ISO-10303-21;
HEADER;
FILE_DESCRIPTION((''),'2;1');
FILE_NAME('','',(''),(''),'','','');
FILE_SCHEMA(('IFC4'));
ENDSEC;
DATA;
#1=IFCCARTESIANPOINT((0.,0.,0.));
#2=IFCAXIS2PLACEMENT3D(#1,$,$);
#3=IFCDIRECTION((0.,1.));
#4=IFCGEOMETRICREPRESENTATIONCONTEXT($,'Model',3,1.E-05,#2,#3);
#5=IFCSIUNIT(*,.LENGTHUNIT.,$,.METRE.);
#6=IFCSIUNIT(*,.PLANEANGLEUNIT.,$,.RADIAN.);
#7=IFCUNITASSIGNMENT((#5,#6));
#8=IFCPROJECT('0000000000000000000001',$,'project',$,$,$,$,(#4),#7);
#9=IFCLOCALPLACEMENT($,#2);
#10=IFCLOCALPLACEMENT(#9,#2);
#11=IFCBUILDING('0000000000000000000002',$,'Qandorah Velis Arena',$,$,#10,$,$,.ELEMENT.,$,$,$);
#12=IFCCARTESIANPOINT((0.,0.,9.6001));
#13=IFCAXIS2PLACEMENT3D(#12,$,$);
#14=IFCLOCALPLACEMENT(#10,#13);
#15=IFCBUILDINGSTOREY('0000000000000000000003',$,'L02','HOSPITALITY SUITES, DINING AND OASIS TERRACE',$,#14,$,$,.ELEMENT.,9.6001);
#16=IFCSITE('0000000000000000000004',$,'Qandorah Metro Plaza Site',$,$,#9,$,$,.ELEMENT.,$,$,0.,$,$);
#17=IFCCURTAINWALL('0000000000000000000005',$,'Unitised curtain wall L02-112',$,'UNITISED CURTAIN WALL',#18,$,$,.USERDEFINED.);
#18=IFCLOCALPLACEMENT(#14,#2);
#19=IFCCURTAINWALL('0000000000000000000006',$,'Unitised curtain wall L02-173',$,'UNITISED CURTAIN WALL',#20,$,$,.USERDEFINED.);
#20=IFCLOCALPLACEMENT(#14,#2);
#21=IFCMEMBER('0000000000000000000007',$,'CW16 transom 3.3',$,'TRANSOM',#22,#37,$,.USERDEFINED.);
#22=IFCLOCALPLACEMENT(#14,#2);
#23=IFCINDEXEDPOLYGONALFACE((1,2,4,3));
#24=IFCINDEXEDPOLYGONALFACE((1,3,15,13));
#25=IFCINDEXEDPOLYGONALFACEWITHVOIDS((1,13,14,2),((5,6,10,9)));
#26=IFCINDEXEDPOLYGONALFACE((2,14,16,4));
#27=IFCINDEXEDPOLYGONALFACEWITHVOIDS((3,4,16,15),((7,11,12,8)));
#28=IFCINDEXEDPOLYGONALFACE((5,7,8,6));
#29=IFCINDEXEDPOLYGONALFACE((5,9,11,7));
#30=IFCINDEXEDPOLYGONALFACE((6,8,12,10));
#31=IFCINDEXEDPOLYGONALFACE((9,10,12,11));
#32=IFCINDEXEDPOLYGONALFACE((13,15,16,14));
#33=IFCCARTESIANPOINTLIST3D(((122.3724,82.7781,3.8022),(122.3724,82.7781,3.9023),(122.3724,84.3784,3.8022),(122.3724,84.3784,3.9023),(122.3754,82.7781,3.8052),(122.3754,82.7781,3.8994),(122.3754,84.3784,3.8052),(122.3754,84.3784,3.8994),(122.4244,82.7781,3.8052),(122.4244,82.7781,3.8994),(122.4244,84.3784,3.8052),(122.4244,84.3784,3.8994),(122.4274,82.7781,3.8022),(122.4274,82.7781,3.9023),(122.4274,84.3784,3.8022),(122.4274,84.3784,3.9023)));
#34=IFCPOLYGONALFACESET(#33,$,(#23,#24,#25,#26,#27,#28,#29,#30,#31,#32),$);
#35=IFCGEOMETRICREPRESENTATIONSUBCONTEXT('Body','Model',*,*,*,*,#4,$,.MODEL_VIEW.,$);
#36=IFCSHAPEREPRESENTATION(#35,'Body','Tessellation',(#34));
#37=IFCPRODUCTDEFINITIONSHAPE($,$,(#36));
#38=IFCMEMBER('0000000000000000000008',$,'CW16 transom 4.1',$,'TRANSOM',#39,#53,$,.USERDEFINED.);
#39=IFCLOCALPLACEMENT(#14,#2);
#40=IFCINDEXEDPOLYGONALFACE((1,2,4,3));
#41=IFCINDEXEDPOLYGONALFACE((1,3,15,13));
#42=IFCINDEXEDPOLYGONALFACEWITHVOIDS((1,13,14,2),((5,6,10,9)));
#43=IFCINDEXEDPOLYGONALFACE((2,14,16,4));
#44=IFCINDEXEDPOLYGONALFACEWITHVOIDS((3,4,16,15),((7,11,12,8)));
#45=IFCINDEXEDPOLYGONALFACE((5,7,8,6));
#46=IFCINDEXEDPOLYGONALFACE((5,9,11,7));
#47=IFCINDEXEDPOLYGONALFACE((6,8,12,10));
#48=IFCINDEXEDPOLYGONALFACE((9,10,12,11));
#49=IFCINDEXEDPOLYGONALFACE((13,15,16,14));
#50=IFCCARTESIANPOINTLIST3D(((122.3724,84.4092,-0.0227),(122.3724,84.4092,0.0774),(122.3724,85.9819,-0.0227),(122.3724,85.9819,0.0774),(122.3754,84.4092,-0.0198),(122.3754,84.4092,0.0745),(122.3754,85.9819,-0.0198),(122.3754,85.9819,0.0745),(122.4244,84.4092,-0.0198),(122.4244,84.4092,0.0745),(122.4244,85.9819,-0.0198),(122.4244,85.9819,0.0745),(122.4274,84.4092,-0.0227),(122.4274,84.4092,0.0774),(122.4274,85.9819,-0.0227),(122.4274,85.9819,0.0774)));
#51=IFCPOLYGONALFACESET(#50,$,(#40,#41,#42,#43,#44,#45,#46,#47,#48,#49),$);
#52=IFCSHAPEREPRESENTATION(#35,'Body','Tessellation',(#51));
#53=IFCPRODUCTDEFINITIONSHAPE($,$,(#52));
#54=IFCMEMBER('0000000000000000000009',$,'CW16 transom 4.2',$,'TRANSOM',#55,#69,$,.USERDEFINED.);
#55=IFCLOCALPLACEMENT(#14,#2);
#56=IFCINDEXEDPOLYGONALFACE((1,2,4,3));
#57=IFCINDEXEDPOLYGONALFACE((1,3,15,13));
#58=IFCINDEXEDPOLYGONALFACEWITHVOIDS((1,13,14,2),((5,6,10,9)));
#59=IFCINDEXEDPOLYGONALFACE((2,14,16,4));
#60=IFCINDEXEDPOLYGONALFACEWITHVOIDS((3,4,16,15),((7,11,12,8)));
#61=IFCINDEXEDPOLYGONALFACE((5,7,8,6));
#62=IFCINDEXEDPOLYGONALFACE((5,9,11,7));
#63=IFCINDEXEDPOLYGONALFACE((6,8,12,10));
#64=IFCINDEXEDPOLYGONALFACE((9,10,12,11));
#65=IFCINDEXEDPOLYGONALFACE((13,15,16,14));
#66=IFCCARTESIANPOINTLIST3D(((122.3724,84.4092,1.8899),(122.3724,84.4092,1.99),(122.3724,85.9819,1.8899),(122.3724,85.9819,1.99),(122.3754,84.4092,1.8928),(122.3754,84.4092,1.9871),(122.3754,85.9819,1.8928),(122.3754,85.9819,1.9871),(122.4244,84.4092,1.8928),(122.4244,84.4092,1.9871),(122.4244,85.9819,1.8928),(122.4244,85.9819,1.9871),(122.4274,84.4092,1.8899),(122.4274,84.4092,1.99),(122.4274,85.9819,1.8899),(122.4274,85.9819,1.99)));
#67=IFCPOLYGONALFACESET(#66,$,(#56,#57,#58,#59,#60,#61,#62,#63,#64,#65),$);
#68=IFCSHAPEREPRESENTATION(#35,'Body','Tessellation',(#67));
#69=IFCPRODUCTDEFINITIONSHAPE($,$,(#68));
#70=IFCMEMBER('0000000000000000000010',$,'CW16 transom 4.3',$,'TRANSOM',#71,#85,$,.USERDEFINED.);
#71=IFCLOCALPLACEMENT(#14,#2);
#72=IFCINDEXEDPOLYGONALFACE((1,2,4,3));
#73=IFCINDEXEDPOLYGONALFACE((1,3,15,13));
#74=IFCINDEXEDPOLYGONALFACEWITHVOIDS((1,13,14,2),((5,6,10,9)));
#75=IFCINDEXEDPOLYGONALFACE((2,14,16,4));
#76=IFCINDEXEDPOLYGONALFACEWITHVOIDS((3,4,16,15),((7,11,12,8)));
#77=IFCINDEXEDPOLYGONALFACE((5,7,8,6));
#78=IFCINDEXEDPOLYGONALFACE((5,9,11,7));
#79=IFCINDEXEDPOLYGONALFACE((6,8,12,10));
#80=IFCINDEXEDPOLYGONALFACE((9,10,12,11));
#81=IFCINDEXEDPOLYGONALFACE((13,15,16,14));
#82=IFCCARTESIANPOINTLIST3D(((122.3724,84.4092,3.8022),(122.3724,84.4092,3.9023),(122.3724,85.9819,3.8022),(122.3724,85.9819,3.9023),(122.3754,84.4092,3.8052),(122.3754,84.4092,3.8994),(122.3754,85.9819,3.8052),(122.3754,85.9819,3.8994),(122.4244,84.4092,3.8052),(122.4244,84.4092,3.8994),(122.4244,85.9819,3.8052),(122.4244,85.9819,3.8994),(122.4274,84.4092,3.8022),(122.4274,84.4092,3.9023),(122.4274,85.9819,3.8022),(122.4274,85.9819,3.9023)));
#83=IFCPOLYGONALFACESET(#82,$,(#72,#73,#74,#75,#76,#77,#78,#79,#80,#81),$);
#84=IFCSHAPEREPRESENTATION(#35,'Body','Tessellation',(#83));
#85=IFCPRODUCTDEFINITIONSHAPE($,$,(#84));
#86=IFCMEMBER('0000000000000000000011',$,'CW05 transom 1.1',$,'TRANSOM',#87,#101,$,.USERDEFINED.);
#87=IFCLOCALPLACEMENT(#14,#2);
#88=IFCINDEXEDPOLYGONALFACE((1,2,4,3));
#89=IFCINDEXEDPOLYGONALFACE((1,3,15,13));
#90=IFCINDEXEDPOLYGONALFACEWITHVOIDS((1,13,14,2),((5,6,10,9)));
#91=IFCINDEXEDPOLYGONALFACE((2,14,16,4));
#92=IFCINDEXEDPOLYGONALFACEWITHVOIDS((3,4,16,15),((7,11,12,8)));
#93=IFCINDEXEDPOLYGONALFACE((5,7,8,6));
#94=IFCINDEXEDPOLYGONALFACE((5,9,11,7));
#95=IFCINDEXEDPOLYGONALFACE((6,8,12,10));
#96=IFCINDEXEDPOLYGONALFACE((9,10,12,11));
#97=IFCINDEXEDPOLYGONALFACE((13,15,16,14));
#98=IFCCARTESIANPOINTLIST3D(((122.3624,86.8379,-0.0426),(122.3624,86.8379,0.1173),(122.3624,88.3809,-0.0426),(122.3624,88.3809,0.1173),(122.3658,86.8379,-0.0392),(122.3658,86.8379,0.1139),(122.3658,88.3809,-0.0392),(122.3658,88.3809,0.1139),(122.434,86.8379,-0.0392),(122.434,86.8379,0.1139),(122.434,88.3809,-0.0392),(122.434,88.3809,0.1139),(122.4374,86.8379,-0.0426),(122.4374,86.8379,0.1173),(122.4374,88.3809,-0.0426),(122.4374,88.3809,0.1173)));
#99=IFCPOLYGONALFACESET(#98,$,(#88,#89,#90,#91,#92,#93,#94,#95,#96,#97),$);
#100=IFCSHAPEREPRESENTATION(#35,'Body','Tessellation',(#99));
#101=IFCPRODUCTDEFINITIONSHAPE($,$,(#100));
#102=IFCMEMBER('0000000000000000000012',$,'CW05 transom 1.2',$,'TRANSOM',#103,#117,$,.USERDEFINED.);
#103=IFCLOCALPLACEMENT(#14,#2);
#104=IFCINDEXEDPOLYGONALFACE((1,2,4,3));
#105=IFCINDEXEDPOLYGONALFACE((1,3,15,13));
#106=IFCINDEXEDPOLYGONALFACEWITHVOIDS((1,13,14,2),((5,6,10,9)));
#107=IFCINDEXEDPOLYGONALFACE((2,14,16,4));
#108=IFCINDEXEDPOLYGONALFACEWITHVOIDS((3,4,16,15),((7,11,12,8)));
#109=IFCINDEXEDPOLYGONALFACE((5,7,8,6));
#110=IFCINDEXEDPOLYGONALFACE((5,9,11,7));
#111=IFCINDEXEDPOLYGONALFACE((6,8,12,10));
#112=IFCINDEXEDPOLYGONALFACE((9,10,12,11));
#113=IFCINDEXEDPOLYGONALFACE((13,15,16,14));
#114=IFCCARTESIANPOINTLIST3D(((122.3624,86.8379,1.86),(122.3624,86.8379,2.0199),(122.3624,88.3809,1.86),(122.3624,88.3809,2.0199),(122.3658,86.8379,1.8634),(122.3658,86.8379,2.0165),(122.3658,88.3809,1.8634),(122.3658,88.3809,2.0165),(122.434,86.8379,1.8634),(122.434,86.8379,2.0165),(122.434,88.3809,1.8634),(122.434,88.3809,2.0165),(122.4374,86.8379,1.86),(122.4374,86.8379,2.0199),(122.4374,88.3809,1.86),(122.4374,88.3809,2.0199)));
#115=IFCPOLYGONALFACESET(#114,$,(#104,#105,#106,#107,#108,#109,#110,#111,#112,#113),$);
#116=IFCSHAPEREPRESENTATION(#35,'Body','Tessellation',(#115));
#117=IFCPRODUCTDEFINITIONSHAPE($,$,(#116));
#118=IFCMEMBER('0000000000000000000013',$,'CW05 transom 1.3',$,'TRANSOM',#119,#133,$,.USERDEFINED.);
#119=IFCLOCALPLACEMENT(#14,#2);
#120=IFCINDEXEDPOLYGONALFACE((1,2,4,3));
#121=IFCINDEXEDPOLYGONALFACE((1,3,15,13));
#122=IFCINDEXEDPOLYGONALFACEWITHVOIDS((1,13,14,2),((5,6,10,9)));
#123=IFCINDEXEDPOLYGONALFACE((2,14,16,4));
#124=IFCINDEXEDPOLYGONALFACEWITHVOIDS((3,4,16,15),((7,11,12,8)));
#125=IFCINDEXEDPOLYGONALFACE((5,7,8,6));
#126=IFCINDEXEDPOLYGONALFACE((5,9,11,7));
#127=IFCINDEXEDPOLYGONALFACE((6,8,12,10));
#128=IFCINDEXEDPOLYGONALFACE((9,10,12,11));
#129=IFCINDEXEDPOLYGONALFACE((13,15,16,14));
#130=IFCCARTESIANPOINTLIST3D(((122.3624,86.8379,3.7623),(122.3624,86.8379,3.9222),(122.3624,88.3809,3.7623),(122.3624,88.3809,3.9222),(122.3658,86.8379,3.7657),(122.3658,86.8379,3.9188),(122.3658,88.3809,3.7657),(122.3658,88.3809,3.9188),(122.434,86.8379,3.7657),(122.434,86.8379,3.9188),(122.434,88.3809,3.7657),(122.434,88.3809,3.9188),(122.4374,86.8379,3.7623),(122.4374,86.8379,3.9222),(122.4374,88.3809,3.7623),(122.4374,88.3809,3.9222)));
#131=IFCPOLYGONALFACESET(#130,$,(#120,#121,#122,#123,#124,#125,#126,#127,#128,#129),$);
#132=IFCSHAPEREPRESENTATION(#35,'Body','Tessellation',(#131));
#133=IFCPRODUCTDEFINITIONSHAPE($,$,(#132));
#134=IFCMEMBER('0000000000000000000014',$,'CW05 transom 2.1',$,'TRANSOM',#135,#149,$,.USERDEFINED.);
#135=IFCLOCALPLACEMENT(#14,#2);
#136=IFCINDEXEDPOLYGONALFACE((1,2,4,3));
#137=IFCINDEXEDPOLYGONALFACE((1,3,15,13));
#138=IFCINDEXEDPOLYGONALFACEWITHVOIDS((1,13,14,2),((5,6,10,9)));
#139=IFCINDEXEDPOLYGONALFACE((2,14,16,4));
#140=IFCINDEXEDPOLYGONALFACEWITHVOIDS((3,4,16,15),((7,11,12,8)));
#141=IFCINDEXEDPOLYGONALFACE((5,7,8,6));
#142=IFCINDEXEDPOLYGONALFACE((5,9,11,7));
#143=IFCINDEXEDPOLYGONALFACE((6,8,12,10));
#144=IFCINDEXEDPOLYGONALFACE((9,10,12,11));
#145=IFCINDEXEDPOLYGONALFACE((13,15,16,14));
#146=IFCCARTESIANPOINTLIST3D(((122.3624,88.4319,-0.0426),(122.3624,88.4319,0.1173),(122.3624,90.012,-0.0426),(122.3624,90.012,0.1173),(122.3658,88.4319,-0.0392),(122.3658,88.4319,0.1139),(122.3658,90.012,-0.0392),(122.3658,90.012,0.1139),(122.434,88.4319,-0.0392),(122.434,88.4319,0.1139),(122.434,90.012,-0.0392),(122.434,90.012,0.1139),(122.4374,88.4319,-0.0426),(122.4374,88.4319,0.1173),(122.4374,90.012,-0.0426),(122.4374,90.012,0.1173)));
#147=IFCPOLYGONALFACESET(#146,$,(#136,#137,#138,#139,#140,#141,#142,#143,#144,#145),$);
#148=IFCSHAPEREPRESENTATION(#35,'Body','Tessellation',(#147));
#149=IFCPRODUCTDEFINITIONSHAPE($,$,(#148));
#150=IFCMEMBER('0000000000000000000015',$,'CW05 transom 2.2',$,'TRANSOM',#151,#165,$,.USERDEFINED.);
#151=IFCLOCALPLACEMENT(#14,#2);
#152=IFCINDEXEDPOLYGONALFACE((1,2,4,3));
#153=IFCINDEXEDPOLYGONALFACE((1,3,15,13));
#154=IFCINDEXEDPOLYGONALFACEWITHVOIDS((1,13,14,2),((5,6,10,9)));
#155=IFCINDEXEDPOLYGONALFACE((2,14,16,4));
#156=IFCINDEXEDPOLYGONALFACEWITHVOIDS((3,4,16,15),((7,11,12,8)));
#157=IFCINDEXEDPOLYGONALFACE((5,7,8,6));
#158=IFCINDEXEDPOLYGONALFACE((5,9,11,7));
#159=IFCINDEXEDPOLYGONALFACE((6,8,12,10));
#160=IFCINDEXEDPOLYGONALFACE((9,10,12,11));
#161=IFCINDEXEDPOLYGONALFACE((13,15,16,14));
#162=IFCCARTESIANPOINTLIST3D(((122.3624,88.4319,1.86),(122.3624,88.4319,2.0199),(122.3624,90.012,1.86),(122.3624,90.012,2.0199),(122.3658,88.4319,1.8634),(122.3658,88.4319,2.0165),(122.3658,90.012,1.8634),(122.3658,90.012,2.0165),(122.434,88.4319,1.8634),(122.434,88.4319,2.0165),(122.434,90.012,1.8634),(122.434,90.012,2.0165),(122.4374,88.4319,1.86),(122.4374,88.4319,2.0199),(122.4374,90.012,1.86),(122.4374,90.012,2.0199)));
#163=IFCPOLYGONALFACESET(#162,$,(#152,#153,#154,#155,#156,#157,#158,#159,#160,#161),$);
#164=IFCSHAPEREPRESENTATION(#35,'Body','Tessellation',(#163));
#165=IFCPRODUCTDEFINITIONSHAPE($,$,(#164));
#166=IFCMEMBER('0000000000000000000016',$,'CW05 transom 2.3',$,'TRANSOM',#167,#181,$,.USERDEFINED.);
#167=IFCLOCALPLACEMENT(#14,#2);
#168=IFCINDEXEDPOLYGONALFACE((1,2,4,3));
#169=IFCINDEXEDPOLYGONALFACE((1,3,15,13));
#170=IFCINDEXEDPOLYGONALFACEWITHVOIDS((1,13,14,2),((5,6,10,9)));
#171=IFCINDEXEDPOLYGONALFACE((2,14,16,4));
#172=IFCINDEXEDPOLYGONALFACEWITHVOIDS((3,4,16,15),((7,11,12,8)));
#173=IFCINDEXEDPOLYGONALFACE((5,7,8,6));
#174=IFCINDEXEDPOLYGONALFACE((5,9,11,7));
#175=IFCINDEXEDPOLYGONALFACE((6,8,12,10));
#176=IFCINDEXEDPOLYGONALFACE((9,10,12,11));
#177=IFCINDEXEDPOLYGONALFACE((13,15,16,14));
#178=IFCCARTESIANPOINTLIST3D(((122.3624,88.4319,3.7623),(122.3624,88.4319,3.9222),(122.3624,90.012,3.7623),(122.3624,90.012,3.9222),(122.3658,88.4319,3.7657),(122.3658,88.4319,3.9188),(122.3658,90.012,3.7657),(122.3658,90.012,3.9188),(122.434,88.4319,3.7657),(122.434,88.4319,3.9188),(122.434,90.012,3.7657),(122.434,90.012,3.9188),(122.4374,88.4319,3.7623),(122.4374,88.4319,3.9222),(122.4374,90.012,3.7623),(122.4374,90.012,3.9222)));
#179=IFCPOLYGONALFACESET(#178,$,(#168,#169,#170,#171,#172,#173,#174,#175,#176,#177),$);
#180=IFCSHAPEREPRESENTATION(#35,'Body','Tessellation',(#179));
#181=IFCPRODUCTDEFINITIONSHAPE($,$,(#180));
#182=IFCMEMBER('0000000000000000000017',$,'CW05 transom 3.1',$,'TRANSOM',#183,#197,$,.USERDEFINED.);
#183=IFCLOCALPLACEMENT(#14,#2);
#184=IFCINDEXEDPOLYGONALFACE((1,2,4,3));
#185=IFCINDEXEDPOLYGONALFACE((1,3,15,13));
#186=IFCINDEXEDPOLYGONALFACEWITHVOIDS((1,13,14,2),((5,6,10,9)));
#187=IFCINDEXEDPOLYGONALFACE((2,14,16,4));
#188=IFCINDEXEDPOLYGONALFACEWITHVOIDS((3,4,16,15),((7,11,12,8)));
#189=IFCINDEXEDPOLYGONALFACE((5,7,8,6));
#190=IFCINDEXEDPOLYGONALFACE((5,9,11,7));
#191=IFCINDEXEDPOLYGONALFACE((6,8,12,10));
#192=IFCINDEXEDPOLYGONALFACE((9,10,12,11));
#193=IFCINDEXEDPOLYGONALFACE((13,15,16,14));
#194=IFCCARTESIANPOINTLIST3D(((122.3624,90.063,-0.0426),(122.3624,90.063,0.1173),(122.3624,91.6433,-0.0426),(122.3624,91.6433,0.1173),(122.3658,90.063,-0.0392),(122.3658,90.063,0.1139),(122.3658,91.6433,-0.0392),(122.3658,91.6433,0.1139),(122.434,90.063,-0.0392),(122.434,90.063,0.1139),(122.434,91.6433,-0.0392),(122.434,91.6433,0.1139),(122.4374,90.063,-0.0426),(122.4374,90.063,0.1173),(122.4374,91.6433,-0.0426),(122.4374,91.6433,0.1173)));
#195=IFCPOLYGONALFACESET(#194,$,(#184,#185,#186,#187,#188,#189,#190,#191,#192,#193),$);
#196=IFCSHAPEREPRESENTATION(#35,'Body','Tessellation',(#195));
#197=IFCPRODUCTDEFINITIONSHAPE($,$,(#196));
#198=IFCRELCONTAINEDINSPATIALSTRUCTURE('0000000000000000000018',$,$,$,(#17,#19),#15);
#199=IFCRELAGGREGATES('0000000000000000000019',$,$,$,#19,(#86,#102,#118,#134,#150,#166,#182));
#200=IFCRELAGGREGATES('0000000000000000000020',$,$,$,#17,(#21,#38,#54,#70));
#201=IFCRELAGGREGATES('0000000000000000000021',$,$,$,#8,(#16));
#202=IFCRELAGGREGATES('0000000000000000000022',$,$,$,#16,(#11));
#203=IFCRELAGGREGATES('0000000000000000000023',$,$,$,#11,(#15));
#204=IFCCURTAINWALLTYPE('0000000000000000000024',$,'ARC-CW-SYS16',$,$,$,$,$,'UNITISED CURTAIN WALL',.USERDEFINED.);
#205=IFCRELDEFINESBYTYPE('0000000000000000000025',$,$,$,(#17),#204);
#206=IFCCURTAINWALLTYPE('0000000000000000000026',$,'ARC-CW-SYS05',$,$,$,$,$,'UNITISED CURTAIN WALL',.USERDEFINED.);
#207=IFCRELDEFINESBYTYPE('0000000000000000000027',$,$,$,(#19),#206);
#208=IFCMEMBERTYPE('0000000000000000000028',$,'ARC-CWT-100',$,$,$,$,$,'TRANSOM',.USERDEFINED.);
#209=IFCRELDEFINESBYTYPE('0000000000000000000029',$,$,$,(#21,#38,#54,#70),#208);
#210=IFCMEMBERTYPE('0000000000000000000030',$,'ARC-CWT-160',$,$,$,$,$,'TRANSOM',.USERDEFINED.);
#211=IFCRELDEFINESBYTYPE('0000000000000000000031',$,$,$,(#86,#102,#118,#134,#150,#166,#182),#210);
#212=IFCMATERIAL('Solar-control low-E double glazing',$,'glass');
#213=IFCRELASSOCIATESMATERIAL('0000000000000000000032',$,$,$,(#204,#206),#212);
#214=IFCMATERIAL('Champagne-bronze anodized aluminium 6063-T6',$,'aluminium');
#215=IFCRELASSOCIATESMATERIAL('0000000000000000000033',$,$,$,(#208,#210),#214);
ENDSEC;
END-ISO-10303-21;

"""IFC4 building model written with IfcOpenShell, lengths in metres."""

from ifc_helpers import new_model, si_unit, direction, frame, origin, origin_2d, place, context, subcontext, project, spatial, hollow_rectangle, extrude, material, material_profile, profile_set, type_object, element, aggregate, save


model = new_model("IFC4")

# Units and contexts
model_context = context("Model", 3, precision=1e-05, world=origin(), true_north=direction((0.0, 1.0)))
body_context = subcontext(model_context, "Body", "Model", "MODEL_VIEW")
ifc_project = project(units=[si_unit("LENGTHUNIT", "METRE"), si_unit("PLANEANGLEUNIT", "RADIAN")], contexts=[model_context])

# Site, building, storey
site_placement = place(None, origin())
site = spatial("IfcSite", under=ifc_project, at=site_placement, Name="Qandorah Metro Plaza Site", CompositionType="ELEMENT", RefElevation=0.0)
building_placement = place(site_placement, origin())
building = spatial("IfcBuilding", under=site, at=building_placement, Name="Qandorah Velis Arena", CompositionType="ELEMENT")
storey_placement = place(building_placement, frame((0.0, 0.0, 9.6001)))
storey = spatial("IfcBuildingStorey", under=building, at=storey_placement, Name="L02", Description="HOSPITALITY SUITES, DINING AND OASIS TERRACE", CompositionType="ELEMENT", Elevation=9.6001)

# Curtain walls
ifc_material_1 = material(Name="Solar-control low-E double glazing", Category="glass")
curtain_wall_type_1 = type_object("IfcCurtainWallType", Name="ARC-CW-SYS16", ElementType="UNITISED CURTAIN WALL", PredefinedType="USERDEFINED", material=ifc_material_1)
curtain_wall_1_placement = place(storey_placement, origin())
curtain_wall_1 = element("IfcCurtainWall", 1, at=curtain_wall_1_placement, inside=storey, type_object=curtain_wall_type_1, Name="Unitised curtain wall L02-112", ObjectType="UNITISED CURTAIN WALL", PredefinedType="USERDEFINED")
ifc_material_2 = material(Name="Champagne-bronze anodized aluminium 6063-T6", Category="aluminium")
curtain_wall_type_2 = type_object("IfcCurtainWallType", Name="ARC-CW-SYS05", ElementType="UNITISED CURTAIN WALL", PredefinedType="USERDEFINED", material=ifc_material_1)
curtain_wall_2_placement = place(storey_placement, origin())
curtain_wall_2 = element("IfcCurtainWall", 2, at=curtain_wall_2_placement, inside=storey, type_object=curtain_wall_type_2, Name="Unitised curtain wall L02-173", ObjectType="UNITISED CURTAIN WALL", PredefinedType="USERDEFINED")

# Members
ifc_material_profile_1 = material_profile(ifc_material_2, hollow_rectangle(XDim=0.0549, YDim=0.1001, WallThickness=0.0029, at=origin_2d()), Name="ALU TRANSOM 55x100")
ifc_profile_set_1 = profile_set([ifc_material_profile_1], Name="Champagne-bronze anodized aluminium 6063-T6")
member_type_1 = type_object("IfcMemberType", Name="ARC-CWT-100", ElementType="TRANSOM", PredefinedType="USERDEFINED", material=ifc_profile_set_1)
member_1_placement = place(storey_placement, frame((122.3999, 82.7781, 3.8523), z_axis=(0.0, 1.0, 0.0), x_axis=(-1.0, 0.0, 0.0)))
member_1 = element("IfcMember", 3, at=member_1_placement, type_object=member_type_1, Name="CW16 transom 3.3", ObjectType="TRANSOM", PredefinedType="USERDEFINED", context=body_context, shape_type="SweptSolid", body=[
    extrude(hollow_rectangle(XDim=0.0549, YDim=0.1001, WallThickness=0.0029, at=origin_2d()), origin(), (0.0, 0.0, 1.0), 1.6003),
])
member_2_placement = place(storey_placement, frame((122.3999, 84.4092, 0.0273), z_axis=(0.0, 1.0, 0.0), x_axis=(-1.0, 0.0, 0.0)))
member_2 = element("IfcMember", 4, at=member_2_placement, type_object=member_type_1, Name="CW16 transom 4.1", ObjectType="TRANSOM", PredefinedType="USERDEFINED", context=body_context, shape_type="SweptSolid", body=[
    extrude(hollow_rectangle(XDim=0.0549, YDim=0.1001, WallThickness=0.0029, at=origin_2d()), origin(), (0.0, 0.0, 1.0), 1.5728),
])
member_3_placement = place(storey_placement, frame((122.3999, 84.4092, 1.9399), z_axis=(0.0, 1.0, 0.0), x_axis=(-1.0, 0.0, 0.0)))
member_3 = element("IfcMember", 5, at=member_3_placement, type_object=member_type_1, Name="CW16 transom 4.2", ObjectType="TRANSOM", PredefinedType="USERDEFINED", context=body_context, shape_type="SweptSolid", body=[
    extrude(hollow_rectangle(XDim=0.0549, YDim=0.1001, WallThickness=0.0029, at=origin_2d()), origin(), (0.0, 0.0, 1.0), 1.5728),
])
member_4_placement = place(storey_placement, frame((122.3999, 84.4092, 3.8523), z_axis=(0.0, 1.0, 0.0), x_axis=(-1.0, 0.0, 0.0)))
member_4 = element("IfcMember", 6, at=member_4_placement, type_object=member_type_1, Name="CW16 transom 4.3", ObjectType="TRANSOM", PredefinedType="USERDEFINED", context=body_context, shape_type="SweptSolid", body=[
    extrude(hollow_rectangle(XDim=0.0549, YDim=0.1001, WallThickness=0.0029, at=origin_2d()), origin(), (0.0, 0.0, 1.0), 1.5728),
])
ifc_material_profile_2 = material_profile(ifc_material_2, hollow_rectangle(XDim=0.075, YDim=0.1599, WallThickness=0.0034, at=origin_2d()), Name="ALU TRANSOM 75x160")
ifc_profile_set_2 = profile_set([ifc_material_profile_2], Name="Champagne-bronze anodized aluminium 6063-T6")
member_type_2 = type_object("IfcMemberType", Name="ARC-CWT-160", ElementType="TRANSOM", PredefinedType="USERDEFINED", material=ifc_profile_set_2)
member_5_placement = place(storey_placement, frame((122.3999, 86.8379, 0.0374), z_axis=(0.0, 1.0, 0.0), x_axis=(-1.0, 0.0, 0.0)))
member_5 = element("IfcMember", 7, at=member_5_placement, type_object=member_type_2, Name="CW05 transom 1.1", ObjectType="TRANSOM", PredefinedType="USERDEFINED", context=body_context, shape_type="SweptSolid", body=[
    extrude(hollow_rectangle(XDim=0.075, YDim=0.1599, WallThickness=0.0034, at=origin_2d()), origin(), (0.0, 0.0, 1.0), 1.543),
])
member_6_placement = place(storey_placement, frame((122.3999, 86.8379, 1.9399), z_axis=(0.0, 1.0, 0.0), x_axis=(-1.0, 0.0, 0.0)))
member_6 = element("IfcMember", 8, at=member_6_placement, type_object=member_type_2, Name="CW05 transom 1.2", ObjectType="TRANSOM", PredefinedType="USERDEFINED", context=body_context, shape_type="SweptSolid", body=[
    extrude(hollow_rectangle(XDim=0.075, YDim=0.1599, WallThickness=0.0034, at=origin_2d()), origin(), (0.0, 0.0, 1.0), 1.543),
])
member_7_placement = place(storey_placement, frame((122.3999, 86.8379, 3.8423), z_axis=(0.0, 1.0, 0.0), x_axis=(-1.0, 0.0, 0.0)))
member_7 = element("IfcMember", 9, at=member_7_placement, type_object=member_type_2, Name="CW05 transom 1.3", ObjectType="TRANSOM", PredefinedType="USERDEFINED", context=body_context, shape_type="SweptSolid", body=[
    extrude(hollow_rectangle(XDim=0.075, YDim=0.1599, WallThickness=0.0034, at=origin_2d()), origin(), (0.0, 0.0, 1.0), 1.543),
])
member_8_placement = place(storey_placement, frame((122.3999, 88.4319, 0.0374), z_axis=(0.0, 1.0, 0.0), x_axis=(-1.0, 0.0, 0.0)))
member_8 = element("IfcMember", 10, at=member_8_placement, type_object=member_type_2, Name="CW05 transom 2.1", ObjectType="TRANSOM", PredefinedType="USERDEFINED", context=body_context, shape_type="SweptSolid", body=[
    extrude(hollow_rectangle(XDim=0.075, YDim=0.1599, WallThickness=0.0034, at=origin_2d()), origin(), (0.0, 0.0, 1.0), 1.5801),
])
member_9_placement = place(storey_placement, frame((122.3999, 88.4319, 1.9399), z_axis=(0.0, 1.0, 0.0), x_axis=(-1.0, 0.0, 0.0)))
member_9 = element("IfcMember", 11, at=member_9_placement, type_object=member_type_2, Name="CW05 transom 2.2", ObjectType="TRANSOM", PredefinedType="USERDEFINED", context=body_context, shape_type="SweptSolid", body=[
    extrude(hollow_rectangle(XDim=0.075, YDim=0.1599, WallThickness=0.0034, at=origin_2d()), origin(), (0.0, 0.0, 1.0), 1.5801),
])
member_10_placement = place(storey_placement, frame((122.3999, 88.4319, 3.8423), z_axis=(0.0, 1.0, 0.0), x_axis=(-1.0, 0.0, 0.0)))
member_10 = element("IfcMember", 12, at=member_10_placement, type_object=member_type_2, Name="CW05 transom 2.3", ObjectType="TRANSOM", PredefinedType="USERDEFINED", context=body_context, shape_type="SweptSolid", body=[
    extrude(hollow_rectangle(XDim=0.075, YDim=0.1599, WallThickness=0.0034, at=origin_2d()), origin(), (0.0, 0.0, 1.0), 1.5801),
])
member_11_placement = place(storey_placement, frame((122.3999, 90.063, 0.0374), z_axis=(0.0, 1.0, 0.0), x_axis=(-1.0, 0.0, 0.0)))
member_11 = element("IfcMember", 13, at=member_11_placement, type_object=member_type_2, Name="CW05 transom 3.1", ObjectType="TRANSOM", PredefinedType="USERDEFINED", context=body_context, shape_type="SweptSolid", body=[
    extrude(hollow_rectangle(XDim=0.075, YDim=0.1599, WallThickness=0.0034, at=origin_2d()), origin(), (0.0, 0.0, 1.0), 1.5803),
])

aggregate(curtain_wall_2, [member_5, member_6, member_7, member_8, member_9, member_10, member_11])
aggregate(curtain_wall_1, [member_1, member_2, member_3, member_4])

save(model, "model.ifc")
